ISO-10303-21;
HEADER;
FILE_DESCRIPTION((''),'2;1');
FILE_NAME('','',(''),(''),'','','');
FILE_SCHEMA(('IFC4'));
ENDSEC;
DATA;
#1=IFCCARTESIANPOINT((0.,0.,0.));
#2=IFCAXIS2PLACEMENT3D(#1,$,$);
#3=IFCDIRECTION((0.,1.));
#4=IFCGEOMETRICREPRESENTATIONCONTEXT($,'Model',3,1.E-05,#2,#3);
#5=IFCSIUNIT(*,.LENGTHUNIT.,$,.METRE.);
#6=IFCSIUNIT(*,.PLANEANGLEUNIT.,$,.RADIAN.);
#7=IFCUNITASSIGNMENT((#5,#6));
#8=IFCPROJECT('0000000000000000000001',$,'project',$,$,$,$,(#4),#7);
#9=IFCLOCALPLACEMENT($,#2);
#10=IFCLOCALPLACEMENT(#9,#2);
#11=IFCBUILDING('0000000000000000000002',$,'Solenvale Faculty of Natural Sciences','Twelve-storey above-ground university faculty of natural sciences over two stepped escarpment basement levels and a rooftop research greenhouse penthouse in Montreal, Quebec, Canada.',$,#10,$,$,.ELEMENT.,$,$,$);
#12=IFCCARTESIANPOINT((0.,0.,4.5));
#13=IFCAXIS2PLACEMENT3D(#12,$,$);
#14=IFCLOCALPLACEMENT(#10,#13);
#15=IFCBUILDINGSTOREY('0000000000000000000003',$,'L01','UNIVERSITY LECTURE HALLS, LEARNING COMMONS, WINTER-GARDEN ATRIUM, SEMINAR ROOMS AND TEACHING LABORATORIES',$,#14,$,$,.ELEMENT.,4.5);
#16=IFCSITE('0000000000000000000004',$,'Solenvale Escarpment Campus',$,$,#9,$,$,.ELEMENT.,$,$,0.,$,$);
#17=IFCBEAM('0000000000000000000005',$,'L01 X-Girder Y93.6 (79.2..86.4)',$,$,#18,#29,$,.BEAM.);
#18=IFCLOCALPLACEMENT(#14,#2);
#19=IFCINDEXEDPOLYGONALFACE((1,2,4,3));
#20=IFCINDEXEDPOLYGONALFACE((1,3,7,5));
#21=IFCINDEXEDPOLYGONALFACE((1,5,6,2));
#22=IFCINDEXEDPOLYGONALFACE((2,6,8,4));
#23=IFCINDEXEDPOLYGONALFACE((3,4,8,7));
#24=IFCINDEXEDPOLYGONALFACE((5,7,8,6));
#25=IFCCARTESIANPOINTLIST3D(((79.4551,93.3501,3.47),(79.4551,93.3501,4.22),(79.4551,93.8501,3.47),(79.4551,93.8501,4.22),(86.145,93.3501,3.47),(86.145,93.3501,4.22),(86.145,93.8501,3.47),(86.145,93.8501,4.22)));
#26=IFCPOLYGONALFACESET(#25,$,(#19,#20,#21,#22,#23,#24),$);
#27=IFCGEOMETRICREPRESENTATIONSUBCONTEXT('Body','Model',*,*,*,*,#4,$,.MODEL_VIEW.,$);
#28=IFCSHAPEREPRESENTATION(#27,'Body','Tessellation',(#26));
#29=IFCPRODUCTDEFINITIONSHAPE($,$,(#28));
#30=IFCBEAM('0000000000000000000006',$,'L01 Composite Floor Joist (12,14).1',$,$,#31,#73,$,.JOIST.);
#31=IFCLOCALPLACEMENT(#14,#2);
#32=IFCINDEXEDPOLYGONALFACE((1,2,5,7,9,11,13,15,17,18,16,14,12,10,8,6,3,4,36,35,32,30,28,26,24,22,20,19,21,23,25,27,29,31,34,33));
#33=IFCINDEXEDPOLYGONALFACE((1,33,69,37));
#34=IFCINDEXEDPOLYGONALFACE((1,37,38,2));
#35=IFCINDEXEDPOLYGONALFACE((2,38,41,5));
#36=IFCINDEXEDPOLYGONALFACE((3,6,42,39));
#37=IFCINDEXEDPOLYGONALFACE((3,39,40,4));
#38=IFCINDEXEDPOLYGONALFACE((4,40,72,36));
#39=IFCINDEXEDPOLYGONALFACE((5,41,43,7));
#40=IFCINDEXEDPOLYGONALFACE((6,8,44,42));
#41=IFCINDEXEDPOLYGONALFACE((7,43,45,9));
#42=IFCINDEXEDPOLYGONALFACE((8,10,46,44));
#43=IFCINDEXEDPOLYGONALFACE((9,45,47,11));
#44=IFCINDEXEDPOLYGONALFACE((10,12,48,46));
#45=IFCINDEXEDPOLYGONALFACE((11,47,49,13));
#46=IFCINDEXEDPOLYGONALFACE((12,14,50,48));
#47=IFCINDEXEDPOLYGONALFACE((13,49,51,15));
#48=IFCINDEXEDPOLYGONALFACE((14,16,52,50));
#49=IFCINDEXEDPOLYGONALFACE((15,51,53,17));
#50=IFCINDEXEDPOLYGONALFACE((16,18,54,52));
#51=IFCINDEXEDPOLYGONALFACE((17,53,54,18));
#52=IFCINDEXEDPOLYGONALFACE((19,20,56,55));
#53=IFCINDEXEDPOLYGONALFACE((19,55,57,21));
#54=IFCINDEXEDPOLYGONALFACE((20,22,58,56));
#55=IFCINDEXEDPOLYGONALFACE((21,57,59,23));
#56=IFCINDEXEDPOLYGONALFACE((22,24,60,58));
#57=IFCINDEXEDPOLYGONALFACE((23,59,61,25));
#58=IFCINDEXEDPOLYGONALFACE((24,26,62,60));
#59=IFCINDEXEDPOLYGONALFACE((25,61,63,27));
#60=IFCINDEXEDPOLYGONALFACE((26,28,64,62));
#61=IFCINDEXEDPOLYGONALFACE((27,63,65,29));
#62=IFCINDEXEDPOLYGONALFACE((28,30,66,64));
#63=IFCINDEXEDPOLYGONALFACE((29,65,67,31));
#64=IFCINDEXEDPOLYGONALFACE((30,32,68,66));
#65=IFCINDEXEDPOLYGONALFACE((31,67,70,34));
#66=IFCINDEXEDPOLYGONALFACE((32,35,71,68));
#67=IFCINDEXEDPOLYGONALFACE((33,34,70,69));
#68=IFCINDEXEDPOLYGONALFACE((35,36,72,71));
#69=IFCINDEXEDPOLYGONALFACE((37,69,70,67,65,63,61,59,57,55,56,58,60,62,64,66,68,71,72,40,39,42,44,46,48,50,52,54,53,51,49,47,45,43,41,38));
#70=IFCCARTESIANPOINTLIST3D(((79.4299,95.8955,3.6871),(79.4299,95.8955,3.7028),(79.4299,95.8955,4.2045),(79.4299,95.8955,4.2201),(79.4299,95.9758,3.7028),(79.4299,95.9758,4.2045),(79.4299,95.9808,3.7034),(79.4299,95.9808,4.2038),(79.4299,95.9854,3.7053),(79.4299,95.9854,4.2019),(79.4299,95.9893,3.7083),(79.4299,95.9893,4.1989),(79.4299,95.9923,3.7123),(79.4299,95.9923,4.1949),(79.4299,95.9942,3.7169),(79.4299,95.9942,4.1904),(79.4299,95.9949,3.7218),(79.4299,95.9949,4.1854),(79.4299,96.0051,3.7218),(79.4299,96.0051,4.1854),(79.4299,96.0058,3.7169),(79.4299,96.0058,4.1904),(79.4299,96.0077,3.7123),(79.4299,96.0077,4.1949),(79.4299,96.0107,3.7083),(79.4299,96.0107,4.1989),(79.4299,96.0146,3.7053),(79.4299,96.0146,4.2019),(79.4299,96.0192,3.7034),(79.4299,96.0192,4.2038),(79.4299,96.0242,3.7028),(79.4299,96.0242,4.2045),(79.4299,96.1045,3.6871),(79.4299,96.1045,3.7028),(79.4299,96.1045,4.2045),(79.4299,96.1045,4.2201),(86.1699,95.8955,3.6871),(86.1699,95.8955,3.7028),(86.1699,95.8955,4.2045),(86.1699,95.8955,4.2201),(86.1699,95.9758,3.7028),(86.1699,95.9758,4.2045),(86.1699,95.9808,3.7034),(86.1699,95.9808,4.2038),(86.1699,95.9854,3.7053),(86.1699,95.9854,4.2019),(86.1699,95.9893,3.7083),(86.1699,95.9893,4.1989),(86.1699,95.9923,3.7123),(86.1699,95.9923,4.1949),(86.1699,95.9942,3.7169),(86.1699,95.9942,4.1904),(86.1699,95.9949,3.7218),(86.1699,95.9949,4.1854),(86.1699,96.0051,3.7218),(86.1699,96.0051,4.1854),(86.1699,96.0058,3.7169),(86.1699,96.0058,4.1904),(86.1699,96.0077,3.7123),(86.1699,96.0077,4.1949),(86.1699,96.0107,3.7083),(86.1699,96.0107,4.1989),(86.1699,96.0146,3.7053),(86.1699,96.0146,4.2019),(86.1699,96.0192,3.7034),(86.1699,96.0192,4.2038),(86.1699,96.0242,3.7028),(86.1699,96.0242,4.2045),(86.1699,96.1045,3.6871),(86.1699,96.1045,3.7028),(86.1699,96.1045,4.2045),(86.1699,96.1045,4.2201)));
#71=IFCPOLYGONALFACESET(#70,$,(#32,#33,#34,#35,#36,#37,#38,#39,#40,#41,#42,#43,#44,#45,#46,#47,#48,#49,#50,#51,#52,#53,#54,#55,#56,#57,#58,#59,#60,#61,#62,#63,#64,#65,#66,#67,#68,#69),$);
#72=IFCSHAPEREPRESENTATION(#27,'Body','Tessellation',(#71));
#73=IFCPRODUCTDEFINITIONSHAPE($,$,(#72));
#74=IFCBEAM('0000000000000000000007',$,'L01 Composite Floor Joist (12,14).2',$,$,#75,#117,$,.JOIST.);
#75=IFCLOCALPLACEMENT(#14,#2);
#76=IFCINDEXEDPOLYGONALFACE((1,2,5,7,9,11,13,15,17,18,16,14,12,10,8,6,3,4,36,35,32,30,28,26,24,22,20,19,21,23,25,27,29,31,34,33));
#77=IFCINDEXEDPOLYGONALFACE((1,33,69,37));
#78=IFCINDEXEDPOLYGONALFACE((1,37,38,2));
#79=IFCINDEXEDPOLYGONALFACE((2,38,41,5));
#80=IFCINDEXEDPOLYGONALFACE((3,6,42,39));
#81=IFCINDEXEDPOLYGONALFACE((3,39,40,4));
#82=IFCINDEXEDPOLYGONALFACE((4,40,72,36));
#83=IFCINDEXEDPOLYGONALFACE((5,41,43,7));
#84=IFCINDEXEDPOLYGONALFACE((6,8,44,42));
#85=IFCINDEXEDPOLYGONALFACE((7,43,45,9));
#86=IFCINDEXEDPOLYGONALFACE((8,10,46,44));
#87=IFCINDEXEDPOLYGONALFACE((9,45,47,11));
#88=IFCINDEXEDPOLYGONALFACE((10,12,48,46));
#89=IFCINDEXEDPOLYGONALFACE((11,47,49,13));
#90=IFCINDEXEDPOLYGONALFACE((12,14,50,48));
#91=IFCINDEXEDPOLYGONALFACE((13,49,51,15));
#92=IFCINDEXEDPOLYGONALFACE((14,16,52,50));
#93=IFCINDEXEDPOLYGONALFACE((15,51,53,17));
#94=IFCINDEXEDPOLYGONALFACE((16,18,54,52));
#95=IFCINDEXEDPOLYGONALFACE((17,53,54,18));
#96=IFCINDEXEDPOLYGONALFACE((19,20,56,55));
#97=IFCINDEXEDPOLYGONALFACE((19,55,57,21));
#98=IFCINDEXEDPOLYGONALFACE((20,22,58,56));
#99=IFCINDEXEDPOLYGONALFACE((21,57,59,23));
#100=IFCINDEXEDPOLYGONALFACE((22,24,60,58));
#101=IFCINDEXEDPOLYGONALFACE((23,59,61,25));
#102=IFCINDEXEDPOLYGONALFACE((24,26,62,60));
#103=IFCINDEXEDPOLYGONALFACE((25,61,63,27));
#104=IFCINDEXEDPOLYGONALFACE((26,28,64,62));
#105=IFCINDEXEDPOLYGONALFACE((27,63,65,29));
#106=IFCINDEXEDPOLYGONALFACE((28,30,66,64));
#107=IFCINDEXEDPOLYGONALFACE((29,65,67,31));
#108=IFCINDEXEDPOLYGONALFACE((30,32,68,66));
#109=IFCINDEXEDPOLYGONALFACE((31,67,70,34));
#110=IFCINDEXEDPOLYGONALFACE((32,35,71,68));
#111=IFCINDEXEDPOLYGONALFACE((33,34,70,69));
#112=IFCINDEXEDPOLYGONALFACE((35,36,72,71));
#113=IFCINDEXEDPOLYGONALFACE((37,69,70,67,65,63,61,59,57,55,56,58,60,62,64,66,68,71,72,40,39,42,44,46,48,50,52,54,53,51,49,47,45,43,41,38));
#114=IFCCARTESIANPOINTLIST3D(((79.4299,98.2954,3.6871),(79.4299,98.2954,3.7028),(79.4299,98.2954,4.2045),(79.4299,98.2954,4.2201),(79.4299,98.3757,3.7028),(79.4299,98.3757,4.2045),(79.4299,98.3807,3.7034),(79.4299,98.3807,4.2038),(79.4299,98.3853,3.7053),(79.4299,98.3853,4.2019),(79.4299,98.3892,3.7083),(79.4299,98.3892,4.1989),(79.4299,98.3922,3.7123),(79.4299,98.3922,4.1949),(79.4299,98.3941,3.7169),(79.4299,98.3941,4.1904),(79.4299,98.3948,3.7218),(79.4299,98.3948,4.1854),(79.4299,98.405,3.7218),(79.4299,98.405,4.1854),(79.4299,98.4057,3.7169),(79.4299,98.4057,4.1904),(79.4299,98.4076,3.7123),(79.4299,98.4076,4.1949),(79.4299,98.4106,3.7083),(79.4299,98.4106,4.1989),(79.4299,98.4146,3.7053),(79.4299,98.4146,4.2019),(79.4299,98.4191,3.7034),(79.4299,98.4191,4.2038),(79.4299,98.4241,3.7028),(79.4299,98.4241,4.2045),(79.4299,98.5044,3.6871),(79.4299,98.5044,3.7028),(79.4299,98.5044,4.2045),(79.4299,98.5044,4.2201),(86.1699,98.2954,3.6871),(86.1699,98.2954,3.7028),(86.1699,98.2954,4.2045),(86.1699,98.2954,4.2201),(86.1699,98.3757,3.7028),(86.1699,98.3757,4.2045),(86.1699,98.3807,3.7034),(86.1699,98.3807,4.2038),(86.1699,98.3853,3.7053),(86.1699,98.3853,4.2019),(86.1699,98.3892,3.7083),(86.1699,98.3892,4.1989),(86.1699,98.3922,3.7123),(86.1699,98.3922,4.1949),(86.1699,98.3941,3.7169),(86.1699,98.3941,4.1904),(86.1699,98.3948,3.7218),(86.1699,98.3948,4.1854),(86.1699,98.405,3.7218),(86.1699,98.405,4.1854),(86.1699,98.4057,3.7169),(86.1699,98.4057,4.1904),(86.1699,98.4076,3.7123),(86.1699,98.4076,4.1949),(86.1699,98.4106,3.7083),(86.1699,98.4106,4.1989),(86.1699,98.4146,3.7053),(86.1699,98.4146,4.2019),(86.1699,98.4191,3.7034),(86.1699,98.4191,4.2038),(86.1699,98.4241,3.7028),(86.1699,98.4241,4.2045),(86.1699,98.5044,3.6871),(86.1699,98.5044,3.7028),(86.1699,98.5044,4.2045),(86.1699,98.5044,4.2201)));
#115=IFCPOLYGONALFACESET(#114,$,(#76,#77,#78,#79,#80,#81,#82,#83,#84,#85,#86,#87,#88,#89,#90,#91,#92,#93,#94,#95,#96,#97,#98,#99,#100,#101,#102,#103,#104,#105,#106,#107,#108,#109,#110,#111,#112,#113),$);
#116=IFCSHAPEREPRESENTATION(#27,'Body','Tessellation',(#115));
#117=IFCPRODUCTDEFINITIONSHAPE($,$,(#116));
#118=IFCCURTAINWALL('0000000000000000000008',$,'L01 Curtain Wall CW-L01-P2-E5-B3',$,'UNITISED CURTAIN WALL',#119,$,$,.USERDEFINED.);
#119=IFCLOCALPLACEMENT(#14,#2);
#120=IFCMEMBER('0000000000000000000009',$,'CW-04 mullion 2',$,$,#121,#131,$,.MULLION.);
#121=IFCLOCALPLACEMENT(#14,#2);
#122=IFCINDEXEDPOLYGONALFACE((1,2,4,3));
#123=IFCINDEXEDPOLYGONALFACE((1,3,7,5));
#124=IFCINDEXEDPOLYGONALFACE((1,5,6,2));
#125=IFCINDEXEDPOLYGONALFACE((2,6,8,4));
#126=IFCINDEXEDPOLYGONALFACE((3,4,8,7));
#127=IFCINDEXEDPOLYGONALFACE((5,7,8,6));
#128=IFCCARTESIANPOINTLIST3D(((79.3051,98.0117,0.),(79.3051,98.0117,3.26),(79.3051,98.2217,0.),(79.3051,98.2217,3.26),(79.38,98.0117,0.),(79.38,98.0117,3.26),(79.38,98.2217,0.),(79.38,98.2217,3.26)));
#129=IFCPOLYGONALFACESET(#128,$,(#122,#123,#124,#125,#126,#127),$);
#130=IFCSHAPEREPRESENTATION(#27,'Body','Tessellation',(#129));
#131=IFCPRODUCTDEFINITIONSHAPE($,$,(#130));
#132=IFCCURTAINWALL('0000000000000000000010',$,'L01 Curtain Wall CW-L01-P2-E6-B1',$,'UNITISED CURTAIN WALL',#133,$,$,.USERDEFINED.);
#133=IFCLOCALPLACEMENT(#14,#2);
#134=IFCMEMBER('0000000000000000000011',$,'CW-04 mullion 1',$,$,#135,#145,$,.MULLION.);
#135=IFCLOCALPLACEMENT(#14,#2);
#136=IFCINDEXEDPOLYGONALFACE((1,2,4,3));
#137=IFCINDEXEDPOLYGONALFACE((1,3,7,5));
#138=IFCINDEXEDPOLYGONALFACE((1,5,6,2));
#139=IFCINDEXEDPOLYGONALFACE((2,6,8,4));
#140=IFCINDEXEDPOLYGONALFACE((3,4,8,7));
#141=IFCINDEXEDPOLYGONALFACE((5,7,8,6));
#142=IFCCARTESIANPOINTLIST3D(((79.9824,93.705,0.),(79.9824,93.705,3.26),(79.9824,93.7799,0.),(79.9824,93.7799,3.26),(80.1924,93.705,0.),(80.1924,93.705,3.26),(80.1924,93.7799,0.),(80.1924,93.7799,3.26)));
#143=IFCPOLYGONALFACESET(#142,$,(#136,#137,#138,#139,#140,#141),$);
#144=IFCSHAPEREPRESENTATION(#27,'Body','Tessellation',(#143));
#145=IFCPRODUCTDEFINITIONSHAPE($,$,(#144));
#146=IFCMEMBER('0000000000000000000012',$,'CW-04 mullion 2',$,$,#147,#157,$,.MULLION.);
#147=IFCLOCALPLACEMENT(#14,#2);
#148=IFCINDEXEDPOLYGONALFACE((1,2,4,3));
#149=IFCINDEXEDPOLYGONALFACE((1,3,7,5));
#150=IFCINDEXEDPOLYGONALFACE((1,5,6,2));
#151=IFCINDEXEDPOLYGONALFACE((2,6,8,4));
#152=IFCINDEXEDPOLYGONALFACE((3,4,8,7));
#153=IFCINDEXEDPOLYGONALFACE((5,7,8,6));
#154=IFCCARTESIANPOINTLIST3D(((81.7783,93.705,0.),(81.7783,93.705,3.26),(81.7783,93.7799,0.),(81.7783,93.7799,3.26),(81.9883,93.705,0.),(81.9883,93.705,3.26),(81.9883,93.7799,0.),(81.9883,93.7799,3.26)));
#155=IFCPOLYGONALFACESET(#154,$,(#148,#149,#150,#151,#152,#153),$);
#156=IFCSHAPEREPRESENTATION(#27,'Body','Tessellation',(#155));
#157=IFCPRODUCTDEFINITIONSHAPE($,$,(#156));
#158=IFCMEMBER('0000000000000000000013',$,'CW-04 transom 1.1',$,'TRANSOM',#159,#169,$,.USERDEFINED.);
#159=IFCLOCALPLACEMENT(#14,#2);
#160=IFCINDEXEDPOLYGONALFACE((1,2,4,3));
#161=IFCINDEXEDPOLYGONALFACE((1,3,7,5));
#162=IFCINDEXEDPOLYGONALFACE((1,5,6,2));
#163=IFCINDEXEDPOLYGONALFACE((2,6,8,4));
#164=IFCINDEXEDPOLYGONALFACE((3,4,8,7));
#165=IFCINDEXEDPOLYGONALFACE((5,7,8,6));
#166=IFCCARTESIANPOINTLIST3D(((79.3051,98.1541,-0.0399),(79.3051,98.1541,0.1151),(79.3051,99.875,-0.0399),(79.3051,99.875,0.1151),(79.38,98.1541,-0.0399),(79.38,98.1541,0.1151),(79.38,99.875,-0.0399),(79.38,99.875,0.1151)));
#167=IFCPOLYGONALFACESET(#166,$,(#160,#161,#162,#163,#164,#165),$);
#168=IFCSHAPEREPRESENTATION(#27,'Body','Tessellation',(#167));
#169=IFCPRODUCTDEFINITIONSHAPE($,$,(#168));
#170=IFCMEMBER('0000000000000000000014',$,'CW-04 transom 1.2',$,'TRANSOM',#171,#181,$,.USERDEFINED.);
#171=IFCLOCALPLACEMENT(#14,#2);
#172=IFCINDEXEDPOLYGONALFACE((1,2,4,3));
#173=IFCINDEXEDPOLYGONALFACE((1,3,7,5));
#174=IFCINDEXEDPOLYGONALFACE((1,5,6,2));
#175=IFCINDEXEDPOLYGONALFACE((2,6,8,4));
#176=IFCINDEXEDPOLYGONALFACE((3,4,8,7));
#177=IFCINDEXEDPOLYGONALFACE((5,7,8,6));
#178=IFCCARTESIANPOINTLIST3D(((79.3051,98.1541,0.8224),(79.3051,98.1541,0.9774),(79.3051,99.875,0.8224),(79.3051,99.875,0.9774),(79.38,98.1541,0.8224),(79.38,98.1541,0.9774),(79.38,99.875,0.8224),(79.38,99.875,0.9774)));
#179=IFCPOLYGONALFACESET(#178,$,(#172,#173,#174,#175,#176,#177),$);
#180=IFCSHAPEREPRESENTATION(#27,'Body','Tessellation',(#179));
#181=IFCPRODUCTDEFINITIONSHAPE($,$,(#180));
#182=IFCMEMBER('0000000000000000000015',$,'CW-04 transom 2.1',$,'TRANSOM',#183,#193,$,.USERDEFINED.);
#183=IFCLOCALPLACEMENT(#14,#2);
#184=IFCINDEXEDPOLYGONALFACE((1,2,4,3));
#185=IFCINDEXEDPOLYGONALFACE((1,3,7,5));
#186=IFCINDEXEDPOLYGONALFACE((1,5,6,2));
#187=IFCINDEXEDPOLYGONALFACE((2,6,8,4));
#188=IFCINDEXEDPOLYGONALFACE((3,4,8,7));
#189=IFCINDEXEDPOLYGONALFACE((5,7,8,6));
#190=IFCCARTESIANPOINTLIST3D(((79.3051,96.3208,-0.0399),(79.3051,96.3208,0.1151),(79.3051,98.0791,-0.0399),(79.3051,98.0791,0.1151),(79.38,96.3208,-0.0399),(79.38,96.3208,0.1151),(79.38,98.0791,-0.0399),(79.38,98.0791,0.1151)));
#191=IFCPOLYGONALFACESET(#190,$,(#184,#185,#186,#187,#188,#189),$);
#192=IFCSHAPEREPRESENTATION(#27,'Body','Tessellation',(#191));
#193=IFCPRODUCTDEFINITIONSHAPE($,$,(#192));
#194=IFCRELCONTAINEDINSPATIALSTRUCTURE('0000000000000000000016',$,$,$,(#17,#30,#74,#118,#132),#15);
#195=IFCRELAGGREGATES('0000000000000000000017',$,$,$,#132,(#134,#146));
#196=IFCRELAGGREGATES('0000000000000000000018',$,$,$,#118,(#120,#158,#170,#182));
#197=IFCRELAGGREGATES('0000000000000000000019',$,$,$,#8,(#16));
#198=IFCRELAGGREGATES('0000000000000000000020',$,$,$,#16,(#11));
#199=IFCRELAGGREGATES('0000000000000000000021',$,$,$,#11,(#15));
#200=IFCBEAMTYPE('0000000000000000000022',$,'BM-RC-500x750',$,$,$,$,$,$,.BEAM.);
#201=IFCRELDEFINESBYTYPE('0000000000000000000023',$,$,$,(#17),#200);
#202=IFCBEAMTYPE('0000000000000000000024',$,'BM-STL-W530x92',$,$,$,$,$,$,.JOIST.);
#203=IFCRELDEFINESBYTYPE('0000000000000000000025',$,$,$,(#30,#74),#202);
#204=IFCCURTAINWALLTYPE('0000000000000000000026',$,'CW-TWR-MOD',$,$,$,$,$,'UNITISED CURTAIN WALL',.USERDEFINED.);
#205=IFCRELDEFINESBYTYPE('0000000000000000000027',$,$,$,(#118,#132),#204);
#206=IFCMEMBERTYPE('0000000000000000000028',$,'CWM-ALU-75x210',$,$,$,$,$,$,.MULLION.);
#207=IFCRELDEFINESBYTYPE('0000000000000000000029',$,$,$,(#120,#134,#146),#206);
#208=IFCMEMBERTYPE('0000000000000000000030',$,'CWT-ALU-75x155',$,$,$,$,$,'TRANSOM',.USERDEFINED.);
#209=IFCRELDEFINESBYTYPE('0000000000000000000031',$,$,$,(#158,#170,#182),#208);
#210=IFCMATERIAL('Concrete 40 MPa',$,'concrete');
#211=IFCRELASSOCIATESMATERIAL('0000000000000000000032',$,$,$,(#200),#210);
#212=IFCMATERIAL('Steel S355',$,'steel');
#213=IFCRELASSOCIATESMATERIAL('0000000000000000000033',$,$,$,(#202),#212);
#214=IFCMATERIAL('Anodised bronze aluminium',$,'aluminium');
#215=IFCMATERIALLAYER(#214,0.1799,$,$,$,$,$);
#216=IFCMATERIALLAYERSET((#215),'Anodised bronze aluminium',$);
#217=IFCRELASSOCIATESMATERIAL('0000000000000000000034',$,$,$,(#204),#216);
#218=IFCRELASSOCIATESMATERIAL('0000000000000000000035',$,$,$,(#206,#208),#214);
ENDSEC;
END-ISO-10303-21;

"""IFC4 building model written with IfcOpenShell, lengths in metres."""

from ifc_helpers import new_model, si_unit, direction, frame, origin, origin_2d, place, context, subcontext, project, spatial, rectangle, i_section, extrude, material, layer, layer_set, material_profile, profile_set, type_object, element, aggregate, save


model = new_model("IFC4")

# Units and contexts
model_context = context("Model", 3, precision=1e-05, world=origin(), true_north=direction((0.0, 1.0)))
body_context = subcontext(model_context, "Body", "Model", "MODEL_VIEW")
ifc_project = project(units=[si_unit("LENGTHUNIT", "METRE"), si_unit("PLANEANGLEUNIT", "RADIAN")], contexts=[model_context])

# Site, building, storey
site_placement = place(None, origin())
site = spatial("IfcSite", under=ifc_project, at=site_placement, Name="Solenvale Escarpment Campus", CompositionType="ELEMENT", RefElevation=0.0)
building_placement = place(site_placement, origin())
building = spatial("IfcBuilding", under=site, at=building_placement, Name="Solenvale Faculty of Natural Sciences", Description="Twelve-storey above-ground university faculty of natural sciences over two stepped escarpment basement levels and a rooftop research greenhouse penthouse in Montreal, Quebec, Canada.", CompositionType="ELEMENT")
storey_placement = place(building_placement, frame((0.0, 0.0, 4.5)))
storey = spatial("IfcBuildingStorey", under=building, at=storey_placement, Name="L01", Description="UNIVERSITY LECTURE HALLS, LEARNING COMMONS, WINTER-GARDEN ATRIUM, SEMINAR ROOMS AND TEACHING LABORATORIES", CompositionType="ELEMENT", Elevation=4.5)

# Beams
ifc_material_1 = material(Name="Concrete 40 MPa", Category="concrete")
ifc_material_profile_1 = material_profile(ifc_material_1, rectangle(XDim=0.5, YDim=0.75, at=origin_2d()), Name="RC-BM-500x750")
ifc_profile_set_1 = profile_set([ifc_material_profile_1], Name="Concrete 40 MPa")
beam_type_1 = type_object("IfcBeamType", Name="BM-RC-500x750", PredefinedType="BEAM", material=ifc_profile_set_1)
beam_placement = place(storey_placement, frame((79.4551, 93.6001, 3.845), z_axis=(1.0, 0.0, 0.0), x_axis=(0.0, 1.0, 0.0)))
element("IfcBeam", 1, at=beam_placement, inside=storey, type_object=beam_type_1, Name="L01 X-Girder Y93.6 (79.2..86.4)", PredefinedType="BEAM", context=body_context, shape_type="SweptSolid", body=[
    extrude(rectangle(XDim=0.5, YDim=0.75, at=origin_2d()), origin(), (0.0, 0.0, 1.0), 6.6899),
])
ifc_material_2 = material(Name="Steel S355", Category="steel")
ifc_material_profile_2 = material_profile(ifc_material_2, i_section(OverallWidth=0.209, OverallDepth=0.533, WebThickness=0.0103, FlangeThickness=0.0156, FilletRadius=0.019, at=origin_2d()), Name="W530x92")
ifc_profile_set_2 = profile_set([ifc_material_profile_2], Name="Steel S355")
beam_type_2 = type_object("IfcBeamType", Name="BM-STL-W530x92", PredefinedType="JOIST", material=ifc_profile_set_2)
for number, where, z_axis, x_axis, name in (
    (2, (79.4299, 96.0, 3.9536), (1.0, 0.0, 0.0), (0.0, 1.0, 0.0), "L01 Composite Floor Joist (12,14).1"),
    (3, (79.4299, 98.3999, 3.9536), (1.0, 0.0, 0.0), (0.0, 1.0, 0.0), "L01 Composite Floor Joist (12,14).2"),
):
    element("IfcBeam", number, at=place(storey_placement, frame(where, z_axis=z_axis, x_axis=x_axis)), inside=storey, type_object=beam_type_2, Name=name, PredefinedType="JOIST", context=body_context, shape_type="SweptSolid", body=[
        extrude(i_section(OverallWidth=0.209, OverallDepth=0.533, WebThickness=0.0103, FlangeThickness=0.0156, FilletRadius=0.019, at=origin_2d()), origin(), (0.0, 0.0, 1.0), 6.74),
    ])

# Curtain wall, member
ifc_material_3 = material(Name="Anodised bronze aluminium", Category="aluminium")
ifc_layer_1 = layer(ifc_material_3, 0.1799)
ifc_layer_set_1 = layer_set([ifc_layer_1], Name="Anodised bronze aluminium")
curtain_wall_type = type_object("IfcCurtainWallType", Name="CW-TWR-MOD", ElementType="UNITISED CURTAIN WALL", PredefinedType="USERDEFINED", material=ifc_layer_set_1)
curtain_wall_1_placement = place(storey_placement, origin())
curtain_wall_1 = element("IfcCurtainWall", 4, at=curtain_wall_1_placement, inside=storey, type_object=curtain_wall_type, Name="L01 Curtain Wall CW-L01-P2-E5-B3", ObjectType="UNITISED CURTAIN WALL", PredefinedType="USERDEFINED")
ifc_material_profile_3 = material_profile(ifc_material_3, rectangle(XDim=0.075, YDim=0.21, at=origin_2d()), Name="ALU-MUL-75x210")
ifc_profile_set_3 = profile_set([ifc_material_profile_3], Name="Anodised bronze aluminium")
member_type_1 = type_object("IfcMemberType", Name="CWM-ALU-75x210", PredefinedType="MULLION", material=ifc_profile_set_3)
member_1_placement = place(storey_placement, frame((79.3425, 98.1167, 0.0), z_axis=(0.0, 0.0, 1.0), x_axis=(1.0, 0.0, 0.0)))
member_1 = element("IfcMember", 5, at=member_1_placement, type_object=member_type_1, Name="CW-04 mullion 2", PredefinedType="MULLION", context=body_context, shape_type="SweptSolid", body=[
    extrude(rectangle(XDim=0.075, YDim=0.21, at=origin_2d()), origin(), (0.0, 0.0, 1.0), 3.26),
])

# Curtain wall, members
curtain_wall_2_placement = place(storey_placement, origin())
curtain_wall_2 = element("IfcCurtainWall", 6, at=curtain_wall_2_placement, inside=storey, type_object=curtain_wall_type, Name="L01 Curtain Wall CW-L01-P2-E6-B1", ObjectType="UNITISED CURTAIN WALL", PredefinedType="USERDEFINED")
member_2_placement = place(storey_placement, frame((80.0874, 93.7424, 0.0), z_axis=(0.0, 0.0, 1.0), x_axis=(0.0, 1.0, 0.0)))
member_2 = element("IfcMember", 7, at=member_2_placement, type_object=member_type_1, Name="CW-04 mullion 1", PredefinedType="MULLION", context=body_context, shape_type="SweptSolid", body=[
    extrude(rectangle(XDim=0.075, YDim=0.21, at=origin_2d()), origin(), (0.0, 0.0, 1.0), 3.26),
])
member_3_placement = place(storey_placement, frame((81.8833, 93.7424, 0.0), z_axis=(0.0, 0.0, 1.0), x_axis=(0.0, 1.0, 0.0)))
member_3 = element("IfcMember", 8, at=member_3_placement, type_object=member_type_1, Name="CW-04 mullion 2", PredefinedType="MULLION", context=body_context, shape_type="SweptSolid", body=[
    extrude(rectangle(XDim=0.075, YDim=0.21, at=origin_2d()), origin(), (0.0, 0.0, 1.0), 3.26),
])

# Members
ifc_material_profile_4 = material_profile(ifc_material_3, rectangle(XDim=0.075, YDim=0.155, at=origin_2d()), Name="ALU-TRN-75x155")
ifc_profile_set_4 = profile_set([ifc_material_profile_4], Name="Anodised bronze aluminium")
member_type_2 = type_object("IfcMemberType", Name="CWT-ALU-75x155", ElementType="TRANSOM", PredefinedType="USERDEFINED", material=ifc_profile_set_4)
member_4_placement = place(storey_placement, frame((79.3425, 99.875, 0.0376), z_axis=(0.0, -1.0, 0.0), x_axis=(1.0, 0.0, 0.0)))
member_4 = element("IfcMember", 9, at=member_4_placement, type_object=member_type_2, Name="CW-04 transom 1.1", ObjectType="TRANSOM", PredefinedType="USERDEFINED", context=body_context, shape_type="SweptSolid", body=[
    extrude(rectangle(XDim=0.075, YDim=0.155, at=origin_2d()), origin(), (0.0, 0.0, 1.0), 1.7209),
])
member_5_placement = place(storey_placement, frame((79.3425, 99.875, 0.8999), z_axis=(0.0, -1.0, 0.0), x_axis=(1.0, 0.0, 0.0)))
member_5 = element("IfcMember", 10, at=member_5_placement, type_object=member_type_2, Name="CW-04 transom 1.2", ObjectType="TRANSOM", PredefinedType="USERDEFINED", context=body_context, shape_type="SweptSolid", body=[
    extrude(rectangle(XDim=0.075, YDim=0.155, at=origin_2d()), origin(), (0.0, 0.0, 1.0), 1.7209),
])
member_6_placement = place(storey_placement, frame((79.3425, 98.0791, 0.0376), z_axis=(0.0, -1.0, 0.0), x_axis=(1.0, 0.0, 0.0)))
member_6 = element("IfcMember", 11, at=member_6_placement, type_object=member_type_2, Name="CW-04 transom 2.1", ObjectType="TRANSOM", PredefinedType="USERDEFINED", context=body_context, shape_type="SweptSolid", body=[
    extrude(rectangle(XDim=0.075, YDim=0.155, at=origin_2d()), origin(), (0.0, 0.0, 1.0), 1.7583),
])

aggregate(curtain_wall_2, [member_2, member_3])
aggregate(curtain_wall_1, [member_1, member_4, member_5, member_6])

save(model, "model.ifc")
